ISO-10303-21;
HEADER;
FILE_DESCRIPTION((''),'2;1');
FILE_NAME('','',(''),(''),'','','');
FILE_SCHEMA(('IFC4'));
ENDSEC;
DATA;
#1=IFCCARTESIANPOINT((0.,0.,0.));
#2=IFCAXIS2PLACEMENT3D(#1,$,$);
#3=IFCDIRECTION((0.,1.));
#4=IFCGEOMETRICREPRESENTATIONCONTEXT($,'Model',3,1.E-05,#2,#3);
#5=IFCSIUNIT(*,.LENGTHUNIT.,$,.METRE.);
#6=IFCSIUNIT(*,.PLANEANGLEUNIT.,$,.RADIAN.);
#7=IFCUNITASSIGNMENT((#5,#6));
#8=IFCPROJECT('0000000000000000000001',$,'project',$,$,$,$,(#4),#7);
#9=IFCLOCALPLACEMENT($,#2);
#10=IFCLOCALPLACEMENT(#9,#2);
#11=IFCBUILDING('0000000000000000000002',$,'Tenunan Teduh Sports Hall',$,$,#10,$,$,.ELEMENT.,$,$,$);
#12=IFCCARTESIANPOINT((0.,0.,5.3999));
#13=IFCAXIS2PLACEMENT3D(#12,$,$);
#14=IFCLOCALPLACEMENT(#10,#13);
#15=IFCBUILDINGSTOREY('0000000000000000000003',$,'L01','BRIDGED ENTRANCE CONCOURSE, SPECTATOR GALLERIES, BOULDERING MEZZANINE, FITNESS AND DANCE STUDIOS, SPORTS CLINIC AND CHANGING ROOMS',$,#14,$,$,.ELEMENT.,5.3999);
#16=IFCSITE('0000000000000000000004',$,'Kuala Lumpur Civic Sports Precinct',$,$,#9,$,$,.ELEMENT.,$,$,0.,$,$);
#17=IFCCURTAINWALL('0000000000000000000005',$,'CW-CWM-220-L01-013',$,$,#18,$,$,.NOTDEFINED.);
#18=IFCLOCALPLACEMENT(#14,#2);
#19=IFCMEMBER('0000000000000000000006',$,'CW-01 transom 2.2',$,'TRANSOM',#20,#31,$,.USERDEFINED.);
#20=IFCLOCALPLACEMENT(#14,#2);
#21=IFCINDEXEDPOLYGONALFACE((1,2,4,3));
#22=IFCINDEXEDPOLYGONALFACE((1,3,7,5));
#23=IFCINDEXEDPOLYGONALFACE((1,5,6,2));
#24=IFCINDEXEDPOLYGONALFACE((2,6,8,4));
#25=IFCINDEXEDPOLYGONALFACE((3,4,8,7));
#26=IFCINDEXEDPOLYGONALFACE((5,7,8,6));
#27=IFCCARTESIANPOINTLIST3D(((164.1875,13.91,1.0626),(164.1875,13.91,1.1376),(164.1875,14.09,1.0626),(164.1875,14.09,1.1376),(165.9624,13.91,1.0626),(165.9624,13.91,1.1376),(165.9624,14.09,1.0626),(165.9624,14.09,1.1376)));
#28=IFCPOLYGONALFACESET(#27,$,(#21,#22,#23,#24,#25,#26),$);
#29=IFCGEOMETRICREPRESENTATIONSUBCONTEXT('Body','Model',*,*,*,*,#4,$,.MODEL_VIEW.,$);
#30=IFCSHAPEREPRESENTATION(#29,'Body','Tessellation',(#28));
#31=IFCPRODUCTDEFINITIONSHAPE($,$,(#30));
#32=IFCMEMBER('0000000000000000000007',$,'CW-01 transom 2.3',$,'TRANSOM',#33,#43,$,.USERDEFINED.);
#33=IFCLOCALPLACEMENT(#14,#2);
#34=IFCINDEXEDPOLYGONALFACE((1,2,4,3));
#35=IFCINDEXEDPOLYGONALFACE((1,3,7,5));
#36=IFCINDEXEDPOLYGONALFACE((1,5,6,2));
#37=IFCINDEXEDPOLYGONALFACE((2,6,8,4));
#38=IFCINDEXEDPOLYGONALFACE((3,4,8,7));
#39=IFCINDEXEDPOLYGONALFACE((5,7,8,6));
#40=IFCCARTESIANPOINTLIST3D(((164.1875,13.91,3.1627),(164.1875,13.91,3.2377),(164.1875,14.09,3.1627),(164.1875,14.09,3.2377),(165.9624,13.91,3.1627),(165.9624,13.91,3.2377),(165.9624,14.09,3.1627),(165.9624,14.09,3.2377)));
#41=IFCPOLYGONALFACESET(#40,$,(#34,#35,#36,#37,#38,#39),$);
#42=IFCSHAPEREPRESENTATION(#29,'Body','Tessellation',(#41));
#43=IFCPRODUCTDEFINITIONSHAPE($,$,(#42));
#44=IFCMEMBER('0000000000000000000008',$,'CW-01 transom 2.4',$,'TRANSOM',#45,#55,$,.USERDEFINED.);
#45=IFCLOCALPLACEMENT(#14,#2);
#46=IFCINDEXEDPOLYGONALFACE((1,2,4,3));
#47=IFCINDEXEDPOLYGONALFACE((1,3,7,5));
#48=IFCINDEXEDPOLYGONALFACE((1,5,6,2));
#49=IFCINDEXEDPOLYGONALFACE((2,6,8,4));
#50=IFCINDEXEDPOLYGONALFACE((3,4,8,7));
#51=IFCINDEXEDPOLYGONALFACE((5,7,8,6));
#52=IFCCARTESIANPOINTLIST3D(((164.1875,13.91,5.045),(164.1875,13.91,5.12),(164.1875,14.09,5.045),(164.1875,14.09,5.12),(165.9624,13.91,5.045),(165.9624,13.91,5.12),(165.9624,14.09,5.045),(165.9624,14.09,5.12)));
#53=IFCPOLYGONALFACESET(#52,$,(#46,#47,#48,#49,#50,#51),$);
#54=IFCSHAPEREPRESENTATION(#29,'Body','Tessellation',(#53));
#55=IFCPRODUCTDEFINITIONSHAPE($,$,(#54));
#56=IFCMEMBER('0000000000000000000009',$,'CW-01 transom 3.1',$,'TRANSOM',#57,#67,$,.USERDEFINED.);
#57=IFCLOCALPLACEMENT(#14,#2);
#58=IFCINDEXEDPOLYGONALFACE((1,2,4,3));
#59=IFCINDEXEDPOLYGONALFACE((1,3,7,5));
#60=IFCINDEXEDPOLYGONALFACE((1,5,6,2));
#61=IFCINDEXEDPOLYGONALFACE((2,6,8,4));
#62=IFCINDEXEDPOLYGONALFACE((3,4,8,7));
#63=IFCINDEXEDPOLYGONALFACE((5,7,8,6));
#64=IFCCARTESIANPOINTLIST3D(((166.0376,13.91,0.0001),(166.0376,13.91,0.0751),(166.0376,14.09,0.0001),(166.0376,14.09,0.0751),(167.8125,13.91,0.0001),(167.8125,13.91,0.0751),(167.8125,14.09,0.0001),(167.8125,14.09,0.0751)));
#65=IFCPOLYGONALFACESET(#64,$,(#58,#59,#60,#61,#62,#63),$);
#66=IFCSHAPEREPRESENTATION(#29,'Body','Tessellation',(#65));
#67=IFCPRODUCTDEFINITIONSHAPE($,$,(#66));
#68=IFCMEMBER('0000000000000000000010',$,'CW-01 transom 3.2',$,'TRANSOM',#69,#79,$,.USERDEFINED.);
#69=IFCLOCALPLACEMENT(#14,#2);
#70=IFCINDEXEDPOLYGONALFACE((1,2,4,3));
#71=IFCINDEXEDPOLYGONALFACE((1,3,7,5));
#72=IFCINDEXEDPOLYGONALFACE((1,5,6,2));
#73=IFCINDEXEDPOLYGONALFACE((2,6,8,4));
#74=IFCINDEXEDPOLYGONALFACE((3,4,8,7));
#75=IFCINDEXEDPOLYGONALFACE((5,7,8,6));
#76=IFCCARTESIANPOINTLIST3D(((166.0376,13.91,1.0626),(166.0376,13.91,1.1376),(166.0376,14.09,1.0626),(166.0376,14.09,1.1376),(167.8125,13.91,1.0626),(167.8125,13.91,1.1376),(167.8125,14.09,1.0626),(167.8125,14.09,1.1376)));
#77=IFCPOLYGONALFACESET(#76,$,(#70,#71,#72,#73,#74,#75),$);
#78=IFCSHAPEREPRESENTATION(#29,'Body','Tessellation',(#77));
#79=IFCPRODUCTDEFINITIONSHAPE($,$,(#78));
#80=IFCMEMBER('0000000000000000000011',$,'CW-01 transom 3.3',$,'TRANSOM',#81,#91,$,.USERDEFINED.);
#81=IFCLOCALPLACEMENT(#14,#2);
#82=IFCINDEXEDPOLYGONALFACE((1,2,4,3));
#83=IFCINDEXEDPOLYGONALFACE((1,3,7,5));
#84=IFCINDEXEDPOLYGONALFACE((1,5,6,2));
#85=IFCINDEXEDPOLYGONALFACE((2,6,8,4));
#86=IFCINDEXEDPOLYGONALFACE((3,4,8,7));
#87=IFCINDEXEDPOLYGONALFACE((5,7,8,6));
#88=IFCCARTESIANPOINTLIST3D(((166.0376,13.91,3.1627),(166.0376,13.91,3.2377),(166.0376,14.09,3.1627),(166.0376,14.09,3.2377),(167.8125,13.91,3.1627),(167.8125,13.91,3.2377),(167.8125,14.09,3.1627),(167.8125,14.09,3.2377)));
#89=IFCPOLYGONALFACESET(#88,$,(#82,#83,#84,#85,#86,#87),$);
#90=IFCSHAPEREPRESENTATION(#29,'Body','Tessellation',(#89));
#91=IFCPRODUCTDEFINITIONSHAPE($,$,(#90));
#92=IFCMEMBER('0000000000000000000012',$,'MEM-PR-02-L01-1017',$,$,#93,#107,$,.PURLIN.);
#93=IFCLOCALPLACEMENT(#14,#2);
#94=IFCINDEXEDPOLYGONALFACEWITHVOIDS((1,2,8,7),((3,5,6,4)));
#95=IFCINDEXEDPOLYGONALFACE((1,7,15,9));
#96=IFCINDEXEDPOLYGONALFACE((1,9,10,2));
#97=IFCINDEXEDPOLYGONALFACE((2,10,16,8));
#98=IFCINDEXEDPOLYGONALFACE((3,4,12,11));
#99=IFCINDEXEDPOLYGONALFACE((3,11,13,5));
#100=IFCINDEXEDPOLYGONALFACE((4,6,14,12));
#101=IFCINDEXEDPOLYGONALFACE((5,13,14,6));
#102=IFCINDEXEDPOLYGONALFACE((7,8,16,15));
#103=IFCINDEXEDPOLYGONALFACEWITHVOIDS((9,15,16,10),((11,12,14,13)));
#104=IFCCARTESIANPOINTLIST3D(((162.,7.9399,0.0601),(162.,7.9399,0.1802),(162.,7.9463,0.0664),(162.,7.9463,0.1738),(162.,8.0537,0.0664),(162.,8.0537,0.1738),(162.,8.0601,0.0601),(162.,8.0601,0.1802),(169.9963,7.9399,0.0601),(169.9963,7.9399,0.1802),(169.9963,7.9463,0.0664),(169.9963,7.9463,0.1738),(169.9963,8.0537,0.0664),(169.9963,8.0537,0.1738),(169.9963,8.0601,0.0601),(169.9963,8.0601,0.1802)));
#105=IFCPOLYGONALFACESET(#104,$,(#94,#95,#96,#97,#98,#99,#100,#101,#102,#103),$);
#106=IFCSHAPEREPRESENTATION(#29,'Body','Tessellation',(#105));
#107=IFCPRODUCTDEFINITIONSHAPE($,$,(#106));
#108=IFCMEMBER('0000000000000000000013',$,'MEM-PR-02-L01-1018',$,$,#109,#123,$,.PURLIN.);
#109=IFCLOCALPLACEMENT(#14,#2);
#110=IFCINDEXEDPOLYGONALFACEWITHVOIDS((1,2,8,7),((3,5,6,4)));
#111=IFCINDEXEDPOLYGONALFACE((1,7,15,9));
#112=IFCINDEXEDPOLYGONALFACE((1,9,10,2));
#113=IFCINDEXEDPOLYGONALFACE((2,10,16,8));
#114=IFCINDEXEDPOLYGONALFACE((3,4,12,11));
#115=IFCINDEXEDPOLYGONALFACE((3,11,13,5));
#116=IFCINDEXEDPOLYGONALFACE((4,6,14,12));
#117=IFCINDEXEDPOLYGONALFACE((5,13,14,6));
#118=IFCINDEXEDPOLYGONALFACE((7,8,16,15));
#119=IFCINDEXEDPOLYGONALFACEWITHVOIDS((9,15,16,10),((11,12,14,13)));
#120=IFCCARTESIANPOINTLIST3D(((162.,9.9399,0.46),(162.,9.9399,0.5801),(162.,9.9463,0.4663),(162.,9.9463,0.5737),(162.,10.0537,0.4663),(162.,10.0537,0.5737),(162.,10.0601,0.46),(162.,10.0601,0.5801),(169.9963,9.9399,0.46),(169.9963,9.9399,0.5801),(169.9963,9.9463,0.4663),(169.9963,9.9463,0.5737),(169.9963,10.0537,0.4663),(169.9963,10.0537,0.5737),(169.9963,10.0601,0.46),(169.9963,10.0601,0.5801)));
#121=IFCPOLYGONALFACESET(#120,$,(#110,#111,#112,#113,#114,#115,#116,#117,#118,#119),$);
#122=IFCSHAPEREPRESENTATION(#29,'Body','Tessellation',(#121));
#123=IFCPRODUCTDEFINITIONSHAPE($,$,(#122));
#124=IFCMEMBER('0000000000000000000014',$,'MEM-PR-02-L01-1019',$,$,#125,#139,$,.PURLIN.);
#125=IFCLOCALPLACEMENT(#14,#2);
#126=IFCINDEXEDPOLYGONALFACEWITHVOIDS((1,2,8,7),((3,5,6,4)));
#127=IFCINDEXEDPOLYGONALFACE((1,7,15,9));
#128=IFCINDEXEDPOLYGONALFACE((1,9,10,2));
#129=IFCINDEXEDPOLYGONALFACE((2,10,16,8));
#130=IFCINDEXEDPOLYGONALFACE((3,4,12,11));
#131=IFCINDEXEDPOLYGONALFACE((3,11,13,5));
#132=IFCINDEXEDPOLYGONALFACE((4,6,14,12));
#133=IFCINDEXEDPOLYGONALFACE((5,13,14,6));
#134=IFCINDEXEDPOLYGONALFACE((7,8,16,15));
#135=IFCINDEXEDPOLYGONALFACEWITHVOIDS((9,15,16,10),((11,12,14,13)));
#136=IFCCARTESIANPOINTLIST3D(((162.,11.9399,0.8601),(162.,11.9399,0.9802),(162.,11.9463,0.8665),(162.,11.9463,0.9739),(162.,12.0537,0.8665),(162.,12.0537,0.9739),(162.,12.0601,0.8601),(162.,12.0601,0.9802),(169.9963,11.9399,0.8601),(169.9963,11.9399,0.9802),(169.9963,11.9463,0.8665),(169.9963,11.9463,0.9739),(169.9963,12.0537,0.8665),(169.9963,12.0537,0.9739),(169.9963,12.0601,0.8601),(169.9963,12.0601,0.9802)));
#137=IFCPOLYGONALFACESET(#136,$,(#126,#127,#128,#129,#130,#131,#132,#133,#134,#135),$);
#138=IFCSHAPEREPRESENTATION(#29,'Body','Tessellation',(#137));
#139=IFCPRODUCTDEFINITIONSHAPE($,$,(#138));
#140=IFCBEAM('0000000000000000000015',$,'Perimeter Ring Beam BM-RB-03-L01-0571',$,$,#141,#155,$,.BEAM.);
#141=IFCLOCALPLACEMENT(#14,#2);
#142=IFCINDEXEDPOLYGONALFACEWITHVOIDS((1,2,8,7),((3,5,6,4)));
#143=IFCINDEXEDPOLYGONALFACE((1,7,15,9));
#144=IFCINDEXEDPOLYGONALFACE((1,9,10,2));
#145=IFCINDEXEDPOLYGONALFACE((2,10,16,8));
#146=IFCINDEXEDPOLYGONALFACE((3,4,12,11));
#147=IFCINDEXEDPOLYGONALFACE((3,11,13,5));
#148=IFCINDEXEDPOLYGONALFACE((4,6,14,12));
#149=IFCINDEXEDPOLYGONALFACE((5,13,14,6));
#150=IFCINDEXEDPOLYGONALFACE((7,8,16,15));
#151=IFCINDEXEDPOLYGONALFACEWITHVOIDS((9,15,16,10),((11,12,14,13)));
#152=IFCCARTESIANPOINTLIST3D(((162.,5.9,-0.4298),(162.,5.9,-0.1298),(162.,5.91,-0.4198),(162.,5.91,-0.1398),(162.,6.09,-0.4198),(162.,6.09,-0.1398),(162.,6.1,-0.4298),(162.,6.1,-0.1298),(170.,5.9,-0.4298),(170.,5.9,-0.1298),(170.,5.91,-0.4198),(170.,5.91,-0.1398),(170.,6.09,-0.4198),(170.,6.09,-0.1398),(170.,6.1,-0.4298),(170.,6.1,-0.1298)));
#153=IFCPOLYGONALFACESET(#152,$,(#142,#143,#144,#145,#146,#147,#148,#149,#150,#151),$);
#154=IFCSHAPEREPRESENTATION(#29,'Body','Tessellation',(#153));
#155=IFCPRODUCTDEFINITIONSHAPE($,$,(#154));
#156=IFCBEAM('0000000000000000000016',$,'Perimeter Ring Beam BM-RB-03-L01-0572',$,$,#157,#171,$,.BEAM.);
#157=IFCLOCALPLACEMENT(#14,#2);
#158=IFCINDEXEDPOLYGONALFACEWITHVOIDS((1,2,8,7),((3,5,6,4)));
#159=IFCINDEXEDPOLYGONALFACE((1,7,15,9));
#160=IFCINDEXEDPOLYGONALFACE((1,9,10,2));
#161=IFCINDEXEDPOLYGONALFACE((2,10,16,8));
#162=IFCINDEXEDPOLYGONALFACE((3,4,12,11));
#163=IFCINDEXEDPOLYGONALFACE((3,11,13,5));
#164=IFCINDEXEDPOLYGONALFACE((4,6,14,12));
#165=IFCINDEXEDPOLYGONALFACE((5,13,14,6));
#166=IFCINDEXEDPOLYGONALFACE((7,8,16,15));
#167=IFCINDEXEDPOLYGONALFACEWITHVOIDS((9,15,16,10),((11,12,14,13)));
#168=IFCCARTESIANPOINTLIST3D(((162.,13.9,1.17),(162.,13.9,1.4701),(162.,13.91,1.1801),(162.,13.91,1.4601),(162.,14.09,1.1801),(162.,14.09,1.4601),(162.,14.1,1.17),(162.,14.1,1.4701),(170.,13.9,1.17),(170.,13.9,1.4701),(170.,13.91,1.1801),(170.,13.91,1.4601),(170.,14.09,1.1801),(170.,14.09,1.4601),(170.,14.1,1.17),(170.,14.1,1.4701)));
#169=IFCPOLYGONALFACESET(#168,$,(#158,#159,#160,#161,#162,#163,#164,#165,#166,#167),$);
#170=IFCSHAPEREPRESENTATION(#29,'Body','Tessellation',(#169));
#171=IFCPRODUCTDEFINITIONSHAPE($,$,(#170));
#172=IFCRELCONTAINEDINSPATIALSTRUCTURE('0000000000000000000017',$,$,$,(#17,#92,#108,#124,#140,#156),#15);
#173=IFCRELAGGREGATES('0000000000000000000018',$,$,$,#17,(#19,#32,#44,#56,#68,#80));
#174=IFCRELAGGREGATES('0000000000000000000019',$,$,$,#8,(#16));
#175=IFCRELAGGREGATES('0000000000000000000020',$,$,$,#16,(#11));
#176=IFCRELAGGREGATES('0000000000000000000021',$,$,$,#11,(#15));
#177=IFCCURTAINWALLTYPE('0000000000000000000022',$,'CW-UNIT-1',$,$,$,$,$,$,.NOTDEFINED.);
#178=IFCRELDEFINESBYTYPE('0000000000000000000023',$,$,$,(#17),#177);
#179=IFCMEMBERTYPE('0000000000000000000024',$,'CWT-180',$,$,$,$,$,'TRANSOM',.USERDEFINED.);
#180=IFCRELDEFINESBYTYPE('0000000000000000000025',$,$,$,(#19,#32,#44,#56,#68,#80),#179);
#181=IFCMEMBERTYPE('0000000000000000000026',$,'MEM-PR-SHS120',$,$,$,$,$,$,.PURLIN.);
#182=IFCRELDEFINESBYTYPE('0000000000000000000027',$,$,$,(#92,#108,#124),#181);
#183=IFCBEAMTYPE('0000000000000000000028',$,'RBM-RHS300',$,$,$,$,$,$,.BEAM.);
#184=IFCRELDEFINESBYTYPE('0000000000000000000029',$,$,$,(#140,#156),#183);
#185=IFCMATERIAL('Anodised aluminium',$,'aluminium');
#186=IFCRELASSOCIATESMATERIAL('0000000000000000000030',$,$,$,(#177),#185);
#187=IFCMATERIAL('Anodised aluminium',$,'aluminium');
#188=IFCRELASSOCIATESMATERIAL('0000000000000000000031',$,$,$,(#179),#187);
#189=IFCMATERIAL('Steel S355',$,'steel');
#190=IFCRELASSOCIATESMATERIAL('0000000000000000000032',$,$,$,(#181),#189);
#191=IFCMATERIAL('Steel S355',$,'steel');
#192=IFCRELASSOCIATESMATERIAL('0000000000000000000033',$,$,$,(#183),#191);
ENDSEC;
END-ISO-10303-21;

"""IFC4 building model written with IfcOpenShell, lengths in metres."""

from ifc_helpers import new_model, si_unit, direction, frame, origin, origin_2d, place, context, subcontext, project, spatial, rectangle, hollow_rectangle, extrude, material, material_profile, profile_set, type_object, element, aggregate, save


model = new_model("IFC4")

# Units and contexts
model_context = context("Model", 3, precision=1e-05, world=origin(), true_north=direction((0.0, 1.0)))
body_context = subcontext(model_context, "Body", "Model", "MODEL_VIEW")
ifc_project = project(units=[si_unit("LENGTHUNIT", "METRE"), si_unit("PLANEANGLEUNIT", "RADIAN")], contexts=[model_context])

# Site, building, storey
site_placement = place(None, origin())
site = spatial("IfcSite", under=ifc_project, at=site_placement, Name="Kuala Lumpur Civic Sports Precinct", CompositionType="ELEMENT", RefElevation=0.0)
building_placement = place(site_placement, origin())
building = spatial("IfcBuilding", under=site, at=building_placement, Name="Tenunan Teduh Sports Hall", CompositionType="ELEMENT")
storey_placement = place(building_placement, frame((0.0, 0.0, 5.3999)))
storey = spatial("IfcBuildingStorey", under=building, at=storey_placement, Name="L01", Description="BRIDGED ENTRANCE CONCOURSE, SPECTATOR GALLERIES, BOULDERING MEZZANINE, FITNESS AND DANCE STUDIOS, SPORTS CLINIC AND CHANGING ROOMS", CompositionType="ELEMENT", Elevation=5.3999)

# Shared definitions
ifc_material_1 = material(Name="Anodised aluminium", Category="aluminium")
curtain_wall_type = type_object("IfcCurtainWallType", Name="CW-UNIT-1", PredefinedType="NOTDEFINED", material=ifc_material_1)

# Curtain wall
curtain_wall_1_placement = place(storey_placement, origin())
curtain_wall_1 = element("IfcCurtainWall", 1, at=curtain_wall_1_placement, inside=storey, type_object=curtain_wall_type, Name="CW-CWM-220-L01-013", PredefinedType="NOTDEFINED")

# Members
ifc_material_2 = material(Name="Anodised aluminium", Category="aluminium")
ifc_material_profile_1 = material_profile(ifc_material_2, rectangle(XDim=0.075, YDim=0.1799, at=origin_2d()), Name="CWT 75x180")
ifc_profile_set_1 = profile_set([ifc_material_profile_1], Name="Anodised aluminium")
member_type_1 = type_object("IfcMemberType", Name="CWT-180", ElementType="TRANSOM", PredefinedType="USERDEFINED", material=ifc_profile_set_1)
member_1_placement = place(storey_placement, frame((164.1875, 14.0, 1.1001), z_axis=(1.0, 0.0, 0.0), x_axis=(0.0, 0.0, 1.0)))
member_1 = element("IfcMember", 2, at=member_1_placement, type_object=member_type_1, Name="CW-01 transom 2.2", ObjectType="TRANSOM", PredefinedType="USERDEFINED", context=body_context, shape_type="SweptSolid", body=[
    extrude(rectangle(XDim=0.075, YDim=0.1799, at=origin_2d()), origin(), (0.0, 0.0, 1.0), 1.7749),
])
member_2_placement = place(storey_placement, frame((164.1875, 14.0, 3.2002), z_axis=(1.0, 0.0, 0.0), x_axis=(0.0, 0.0, 1.0)))
member_2 = element("IfcMember", 3, at=member_2_placement, type_object=member_type_1, Name="CW-01 transom 2.3", ObjectType="TRANSOM", PredefinedType="USERDEFINED", context=body_context, shape_type="SweptSolid", body=[
    extrude(rectangle(XDim=0.075, YDim=0.1799, at=origin_2d()), origin(), (0.0, 0.0, 1.0), 1.7749),
])
member_3_placement = place(storey_placement, frame((164.1875, 14.0, 5.0825), z_axis=(1.0, 0.0, 0.0), x_axis=(0.0, 0.0, 1.0)))
member_3 = element("IfcMember", 4, at=member_3_placement, type_object=member_type_1, Name="CW-01 transom 2.4", ObjectType="TRANSOM", PredefinedType="USERDEFINED", context=body_context, shape_type="SweptSolid", body=[
    extrude(rectangle(XDim=0.075, YDim=0.1799, at=origin_2d()), origin(), (0.0, 0.0, 1.0), 1.7749),
])
member_4_placement = place(storey_placement, frame((166.0376, 14.0, 0.0376), z_axis=(1.0, 0.0, 0.0), x_axis=(0.0, 0.0, 1.0)))
member_4 = element("IfcMember", 5, at=member_4_placement, type_object=member_type_1, Name="CW-01 transom 3.1", ObjectType="TRANSOM", PredefinedType="USERDEFINED", context=body_context, shape_type="SweptSolid", body=[
    extrude(rectangle(XDim=0.075, YDim=0.1799, at=origin_2d()), origin(), (0.0, 0.0, 1.0), 1.7749),
])
member_5_placement = place(storey_placement, frame((166.0376, 14.0, 1.1001), z_axis=(1.0, 0.0, 0.0), x_axis=(0.0, 0.0, 1.0)))
member_5 = element("IfcMember", 6, at=member_5_placement, type_object=member_type_1, Name="CW-01 transom 3.2", ObjectType="TRANSOM", PredefinedType="USERDEFINED", context=body_context, shape_type="SweptSolid", body=[
    extrude(rectangle(XDim=0.075, YDim=0.1799, at=origin_2d()), origin(), (0.0, 0.0, 1.0), 1.7749),
])
member_6_placement = place(storey_placement, frame((166.0376, 14.0, 3.2002), z_axis=(1.0, 0.0, 0.0), x_axis=(0.0, 0.0, 1.0)))
member_6 = element("IfcMember", 7, at=member_6_placement, type_object=member_type_1, Name="CW-01 transom 3.3", ObjectType="TRANSOM", PredefinedType="USERDEFINED", context=body_context, shape_type="SweptSolid", body=[
    extrude(rectangle(XDim=0.075, YDim=0.1799, at=origin_2d()), origin(), (0.0, 0.0, 1.0), 1.7749),
])

# Members
ifc_material_3 = material(Name="Steel S355", Category="steel")
ifc_material_profile_2 = material_profile(ifc_material_3, hollow_rectangle(XDim=0.1201, YDim=0.1201, WallThickness=0.0063, at=origin_2d()), Name="SHS 120x120x6.3")
ifc_profile_set_2 = profile_set([ifc_material_profile_2], Name="Steel S355")
member_type_2 = type_object("IfcMemberType", Name="MEM-PR-SHS120", PredefinedType="PURLIN", material=ifc_profile_set_2)
for number, where, z_axis, x_axis, name in (
    (8, (162.0, 8.0, 0.1201), (1.0, 0.0, 0.0), (0.0, 1.0, 0.0), "MEM-PR-02-L01-1017"),
    (9, (162.0, 10.0, 0.52), (1.0, 0.0, 0.0), (0.0, 1.0, 0.0), "MEM-PR-02-L01-1018"),
    (10, (162.0, 12.0, 0.9202), (1.0, 0.0, 0.0), (0.0, 1.0, 0.0), "MEM-PR-02-L01-1019"),
):
    element("IfcMember", number, at=place(storey_placement, frame(where, z_axis=z_axis, x_axis=x_axis)), inside=storey, type_object=member_type_2, Name=name, PredefinedType="PURLIN", context=body_context, shape_type="SweptSolid", body=[
        extrude(hollow_rectangle(XDim=0.1201, YDim=0.1201, WallThickness=0.0063, at=origin_2d()), origin(), (0.0, 0.0, 1.0), 7.9963),
    ])

# Beams
ifc_material_4 = material(Name="Steel S355", Category="steel")
ifc_material_profile_3 = material_profile(ifc_material_4, hollow_rectangle(XDim=0.2, YDim=0.3, WallThickness=0.01, at=origin_2d()), Name="RHS 300x200x10.0")
ifc_profile_set_3 = profile_set([ifc_material_profile_3], Name="Steel S355")
beam_type_1 = type_object("IfcBeamType", Name="RBM-RHS300", PredefinedType="BEAM", material=ifc_profile_set_3)
for number, where, z_axis, x_axis, name in (
    (11, (162.0, 6.0, -0.2798), (1.0, 0.0, 0.0), (0.0, 1.0, 0.0), "Perimeter Ring Beam BM-RB-03-L01-0571"),
    (12, (162.0, 14.0, 1.3201), (1.0, 0.0, 0.0), (0.0, 1.0, 0.0), "Perimeter Ring Beam BM-RB-03-L01-0572"),
):
    element("IfcBeam", number, at=place(storey_placement, frame(where, z_axis=z_axis, x_axis=x_axis)), inside=storey, type_object=beam_type_1, Name=name, PredefinedType="BEAM", context=body_context, shape_type="SweptSolid", body=[
        extrude(hollow_rectangle(XDim=0.2, YDim=0.3, WallThickness=0.01, at=origin_2d()), origin(), (0.0, 0.0, 1.0), 8.0),
    ])

aggregate(curtain_wall_1, [member_1, member_2, member_3, member_4, member_5, member_6])

save(model, "model.ifc")
